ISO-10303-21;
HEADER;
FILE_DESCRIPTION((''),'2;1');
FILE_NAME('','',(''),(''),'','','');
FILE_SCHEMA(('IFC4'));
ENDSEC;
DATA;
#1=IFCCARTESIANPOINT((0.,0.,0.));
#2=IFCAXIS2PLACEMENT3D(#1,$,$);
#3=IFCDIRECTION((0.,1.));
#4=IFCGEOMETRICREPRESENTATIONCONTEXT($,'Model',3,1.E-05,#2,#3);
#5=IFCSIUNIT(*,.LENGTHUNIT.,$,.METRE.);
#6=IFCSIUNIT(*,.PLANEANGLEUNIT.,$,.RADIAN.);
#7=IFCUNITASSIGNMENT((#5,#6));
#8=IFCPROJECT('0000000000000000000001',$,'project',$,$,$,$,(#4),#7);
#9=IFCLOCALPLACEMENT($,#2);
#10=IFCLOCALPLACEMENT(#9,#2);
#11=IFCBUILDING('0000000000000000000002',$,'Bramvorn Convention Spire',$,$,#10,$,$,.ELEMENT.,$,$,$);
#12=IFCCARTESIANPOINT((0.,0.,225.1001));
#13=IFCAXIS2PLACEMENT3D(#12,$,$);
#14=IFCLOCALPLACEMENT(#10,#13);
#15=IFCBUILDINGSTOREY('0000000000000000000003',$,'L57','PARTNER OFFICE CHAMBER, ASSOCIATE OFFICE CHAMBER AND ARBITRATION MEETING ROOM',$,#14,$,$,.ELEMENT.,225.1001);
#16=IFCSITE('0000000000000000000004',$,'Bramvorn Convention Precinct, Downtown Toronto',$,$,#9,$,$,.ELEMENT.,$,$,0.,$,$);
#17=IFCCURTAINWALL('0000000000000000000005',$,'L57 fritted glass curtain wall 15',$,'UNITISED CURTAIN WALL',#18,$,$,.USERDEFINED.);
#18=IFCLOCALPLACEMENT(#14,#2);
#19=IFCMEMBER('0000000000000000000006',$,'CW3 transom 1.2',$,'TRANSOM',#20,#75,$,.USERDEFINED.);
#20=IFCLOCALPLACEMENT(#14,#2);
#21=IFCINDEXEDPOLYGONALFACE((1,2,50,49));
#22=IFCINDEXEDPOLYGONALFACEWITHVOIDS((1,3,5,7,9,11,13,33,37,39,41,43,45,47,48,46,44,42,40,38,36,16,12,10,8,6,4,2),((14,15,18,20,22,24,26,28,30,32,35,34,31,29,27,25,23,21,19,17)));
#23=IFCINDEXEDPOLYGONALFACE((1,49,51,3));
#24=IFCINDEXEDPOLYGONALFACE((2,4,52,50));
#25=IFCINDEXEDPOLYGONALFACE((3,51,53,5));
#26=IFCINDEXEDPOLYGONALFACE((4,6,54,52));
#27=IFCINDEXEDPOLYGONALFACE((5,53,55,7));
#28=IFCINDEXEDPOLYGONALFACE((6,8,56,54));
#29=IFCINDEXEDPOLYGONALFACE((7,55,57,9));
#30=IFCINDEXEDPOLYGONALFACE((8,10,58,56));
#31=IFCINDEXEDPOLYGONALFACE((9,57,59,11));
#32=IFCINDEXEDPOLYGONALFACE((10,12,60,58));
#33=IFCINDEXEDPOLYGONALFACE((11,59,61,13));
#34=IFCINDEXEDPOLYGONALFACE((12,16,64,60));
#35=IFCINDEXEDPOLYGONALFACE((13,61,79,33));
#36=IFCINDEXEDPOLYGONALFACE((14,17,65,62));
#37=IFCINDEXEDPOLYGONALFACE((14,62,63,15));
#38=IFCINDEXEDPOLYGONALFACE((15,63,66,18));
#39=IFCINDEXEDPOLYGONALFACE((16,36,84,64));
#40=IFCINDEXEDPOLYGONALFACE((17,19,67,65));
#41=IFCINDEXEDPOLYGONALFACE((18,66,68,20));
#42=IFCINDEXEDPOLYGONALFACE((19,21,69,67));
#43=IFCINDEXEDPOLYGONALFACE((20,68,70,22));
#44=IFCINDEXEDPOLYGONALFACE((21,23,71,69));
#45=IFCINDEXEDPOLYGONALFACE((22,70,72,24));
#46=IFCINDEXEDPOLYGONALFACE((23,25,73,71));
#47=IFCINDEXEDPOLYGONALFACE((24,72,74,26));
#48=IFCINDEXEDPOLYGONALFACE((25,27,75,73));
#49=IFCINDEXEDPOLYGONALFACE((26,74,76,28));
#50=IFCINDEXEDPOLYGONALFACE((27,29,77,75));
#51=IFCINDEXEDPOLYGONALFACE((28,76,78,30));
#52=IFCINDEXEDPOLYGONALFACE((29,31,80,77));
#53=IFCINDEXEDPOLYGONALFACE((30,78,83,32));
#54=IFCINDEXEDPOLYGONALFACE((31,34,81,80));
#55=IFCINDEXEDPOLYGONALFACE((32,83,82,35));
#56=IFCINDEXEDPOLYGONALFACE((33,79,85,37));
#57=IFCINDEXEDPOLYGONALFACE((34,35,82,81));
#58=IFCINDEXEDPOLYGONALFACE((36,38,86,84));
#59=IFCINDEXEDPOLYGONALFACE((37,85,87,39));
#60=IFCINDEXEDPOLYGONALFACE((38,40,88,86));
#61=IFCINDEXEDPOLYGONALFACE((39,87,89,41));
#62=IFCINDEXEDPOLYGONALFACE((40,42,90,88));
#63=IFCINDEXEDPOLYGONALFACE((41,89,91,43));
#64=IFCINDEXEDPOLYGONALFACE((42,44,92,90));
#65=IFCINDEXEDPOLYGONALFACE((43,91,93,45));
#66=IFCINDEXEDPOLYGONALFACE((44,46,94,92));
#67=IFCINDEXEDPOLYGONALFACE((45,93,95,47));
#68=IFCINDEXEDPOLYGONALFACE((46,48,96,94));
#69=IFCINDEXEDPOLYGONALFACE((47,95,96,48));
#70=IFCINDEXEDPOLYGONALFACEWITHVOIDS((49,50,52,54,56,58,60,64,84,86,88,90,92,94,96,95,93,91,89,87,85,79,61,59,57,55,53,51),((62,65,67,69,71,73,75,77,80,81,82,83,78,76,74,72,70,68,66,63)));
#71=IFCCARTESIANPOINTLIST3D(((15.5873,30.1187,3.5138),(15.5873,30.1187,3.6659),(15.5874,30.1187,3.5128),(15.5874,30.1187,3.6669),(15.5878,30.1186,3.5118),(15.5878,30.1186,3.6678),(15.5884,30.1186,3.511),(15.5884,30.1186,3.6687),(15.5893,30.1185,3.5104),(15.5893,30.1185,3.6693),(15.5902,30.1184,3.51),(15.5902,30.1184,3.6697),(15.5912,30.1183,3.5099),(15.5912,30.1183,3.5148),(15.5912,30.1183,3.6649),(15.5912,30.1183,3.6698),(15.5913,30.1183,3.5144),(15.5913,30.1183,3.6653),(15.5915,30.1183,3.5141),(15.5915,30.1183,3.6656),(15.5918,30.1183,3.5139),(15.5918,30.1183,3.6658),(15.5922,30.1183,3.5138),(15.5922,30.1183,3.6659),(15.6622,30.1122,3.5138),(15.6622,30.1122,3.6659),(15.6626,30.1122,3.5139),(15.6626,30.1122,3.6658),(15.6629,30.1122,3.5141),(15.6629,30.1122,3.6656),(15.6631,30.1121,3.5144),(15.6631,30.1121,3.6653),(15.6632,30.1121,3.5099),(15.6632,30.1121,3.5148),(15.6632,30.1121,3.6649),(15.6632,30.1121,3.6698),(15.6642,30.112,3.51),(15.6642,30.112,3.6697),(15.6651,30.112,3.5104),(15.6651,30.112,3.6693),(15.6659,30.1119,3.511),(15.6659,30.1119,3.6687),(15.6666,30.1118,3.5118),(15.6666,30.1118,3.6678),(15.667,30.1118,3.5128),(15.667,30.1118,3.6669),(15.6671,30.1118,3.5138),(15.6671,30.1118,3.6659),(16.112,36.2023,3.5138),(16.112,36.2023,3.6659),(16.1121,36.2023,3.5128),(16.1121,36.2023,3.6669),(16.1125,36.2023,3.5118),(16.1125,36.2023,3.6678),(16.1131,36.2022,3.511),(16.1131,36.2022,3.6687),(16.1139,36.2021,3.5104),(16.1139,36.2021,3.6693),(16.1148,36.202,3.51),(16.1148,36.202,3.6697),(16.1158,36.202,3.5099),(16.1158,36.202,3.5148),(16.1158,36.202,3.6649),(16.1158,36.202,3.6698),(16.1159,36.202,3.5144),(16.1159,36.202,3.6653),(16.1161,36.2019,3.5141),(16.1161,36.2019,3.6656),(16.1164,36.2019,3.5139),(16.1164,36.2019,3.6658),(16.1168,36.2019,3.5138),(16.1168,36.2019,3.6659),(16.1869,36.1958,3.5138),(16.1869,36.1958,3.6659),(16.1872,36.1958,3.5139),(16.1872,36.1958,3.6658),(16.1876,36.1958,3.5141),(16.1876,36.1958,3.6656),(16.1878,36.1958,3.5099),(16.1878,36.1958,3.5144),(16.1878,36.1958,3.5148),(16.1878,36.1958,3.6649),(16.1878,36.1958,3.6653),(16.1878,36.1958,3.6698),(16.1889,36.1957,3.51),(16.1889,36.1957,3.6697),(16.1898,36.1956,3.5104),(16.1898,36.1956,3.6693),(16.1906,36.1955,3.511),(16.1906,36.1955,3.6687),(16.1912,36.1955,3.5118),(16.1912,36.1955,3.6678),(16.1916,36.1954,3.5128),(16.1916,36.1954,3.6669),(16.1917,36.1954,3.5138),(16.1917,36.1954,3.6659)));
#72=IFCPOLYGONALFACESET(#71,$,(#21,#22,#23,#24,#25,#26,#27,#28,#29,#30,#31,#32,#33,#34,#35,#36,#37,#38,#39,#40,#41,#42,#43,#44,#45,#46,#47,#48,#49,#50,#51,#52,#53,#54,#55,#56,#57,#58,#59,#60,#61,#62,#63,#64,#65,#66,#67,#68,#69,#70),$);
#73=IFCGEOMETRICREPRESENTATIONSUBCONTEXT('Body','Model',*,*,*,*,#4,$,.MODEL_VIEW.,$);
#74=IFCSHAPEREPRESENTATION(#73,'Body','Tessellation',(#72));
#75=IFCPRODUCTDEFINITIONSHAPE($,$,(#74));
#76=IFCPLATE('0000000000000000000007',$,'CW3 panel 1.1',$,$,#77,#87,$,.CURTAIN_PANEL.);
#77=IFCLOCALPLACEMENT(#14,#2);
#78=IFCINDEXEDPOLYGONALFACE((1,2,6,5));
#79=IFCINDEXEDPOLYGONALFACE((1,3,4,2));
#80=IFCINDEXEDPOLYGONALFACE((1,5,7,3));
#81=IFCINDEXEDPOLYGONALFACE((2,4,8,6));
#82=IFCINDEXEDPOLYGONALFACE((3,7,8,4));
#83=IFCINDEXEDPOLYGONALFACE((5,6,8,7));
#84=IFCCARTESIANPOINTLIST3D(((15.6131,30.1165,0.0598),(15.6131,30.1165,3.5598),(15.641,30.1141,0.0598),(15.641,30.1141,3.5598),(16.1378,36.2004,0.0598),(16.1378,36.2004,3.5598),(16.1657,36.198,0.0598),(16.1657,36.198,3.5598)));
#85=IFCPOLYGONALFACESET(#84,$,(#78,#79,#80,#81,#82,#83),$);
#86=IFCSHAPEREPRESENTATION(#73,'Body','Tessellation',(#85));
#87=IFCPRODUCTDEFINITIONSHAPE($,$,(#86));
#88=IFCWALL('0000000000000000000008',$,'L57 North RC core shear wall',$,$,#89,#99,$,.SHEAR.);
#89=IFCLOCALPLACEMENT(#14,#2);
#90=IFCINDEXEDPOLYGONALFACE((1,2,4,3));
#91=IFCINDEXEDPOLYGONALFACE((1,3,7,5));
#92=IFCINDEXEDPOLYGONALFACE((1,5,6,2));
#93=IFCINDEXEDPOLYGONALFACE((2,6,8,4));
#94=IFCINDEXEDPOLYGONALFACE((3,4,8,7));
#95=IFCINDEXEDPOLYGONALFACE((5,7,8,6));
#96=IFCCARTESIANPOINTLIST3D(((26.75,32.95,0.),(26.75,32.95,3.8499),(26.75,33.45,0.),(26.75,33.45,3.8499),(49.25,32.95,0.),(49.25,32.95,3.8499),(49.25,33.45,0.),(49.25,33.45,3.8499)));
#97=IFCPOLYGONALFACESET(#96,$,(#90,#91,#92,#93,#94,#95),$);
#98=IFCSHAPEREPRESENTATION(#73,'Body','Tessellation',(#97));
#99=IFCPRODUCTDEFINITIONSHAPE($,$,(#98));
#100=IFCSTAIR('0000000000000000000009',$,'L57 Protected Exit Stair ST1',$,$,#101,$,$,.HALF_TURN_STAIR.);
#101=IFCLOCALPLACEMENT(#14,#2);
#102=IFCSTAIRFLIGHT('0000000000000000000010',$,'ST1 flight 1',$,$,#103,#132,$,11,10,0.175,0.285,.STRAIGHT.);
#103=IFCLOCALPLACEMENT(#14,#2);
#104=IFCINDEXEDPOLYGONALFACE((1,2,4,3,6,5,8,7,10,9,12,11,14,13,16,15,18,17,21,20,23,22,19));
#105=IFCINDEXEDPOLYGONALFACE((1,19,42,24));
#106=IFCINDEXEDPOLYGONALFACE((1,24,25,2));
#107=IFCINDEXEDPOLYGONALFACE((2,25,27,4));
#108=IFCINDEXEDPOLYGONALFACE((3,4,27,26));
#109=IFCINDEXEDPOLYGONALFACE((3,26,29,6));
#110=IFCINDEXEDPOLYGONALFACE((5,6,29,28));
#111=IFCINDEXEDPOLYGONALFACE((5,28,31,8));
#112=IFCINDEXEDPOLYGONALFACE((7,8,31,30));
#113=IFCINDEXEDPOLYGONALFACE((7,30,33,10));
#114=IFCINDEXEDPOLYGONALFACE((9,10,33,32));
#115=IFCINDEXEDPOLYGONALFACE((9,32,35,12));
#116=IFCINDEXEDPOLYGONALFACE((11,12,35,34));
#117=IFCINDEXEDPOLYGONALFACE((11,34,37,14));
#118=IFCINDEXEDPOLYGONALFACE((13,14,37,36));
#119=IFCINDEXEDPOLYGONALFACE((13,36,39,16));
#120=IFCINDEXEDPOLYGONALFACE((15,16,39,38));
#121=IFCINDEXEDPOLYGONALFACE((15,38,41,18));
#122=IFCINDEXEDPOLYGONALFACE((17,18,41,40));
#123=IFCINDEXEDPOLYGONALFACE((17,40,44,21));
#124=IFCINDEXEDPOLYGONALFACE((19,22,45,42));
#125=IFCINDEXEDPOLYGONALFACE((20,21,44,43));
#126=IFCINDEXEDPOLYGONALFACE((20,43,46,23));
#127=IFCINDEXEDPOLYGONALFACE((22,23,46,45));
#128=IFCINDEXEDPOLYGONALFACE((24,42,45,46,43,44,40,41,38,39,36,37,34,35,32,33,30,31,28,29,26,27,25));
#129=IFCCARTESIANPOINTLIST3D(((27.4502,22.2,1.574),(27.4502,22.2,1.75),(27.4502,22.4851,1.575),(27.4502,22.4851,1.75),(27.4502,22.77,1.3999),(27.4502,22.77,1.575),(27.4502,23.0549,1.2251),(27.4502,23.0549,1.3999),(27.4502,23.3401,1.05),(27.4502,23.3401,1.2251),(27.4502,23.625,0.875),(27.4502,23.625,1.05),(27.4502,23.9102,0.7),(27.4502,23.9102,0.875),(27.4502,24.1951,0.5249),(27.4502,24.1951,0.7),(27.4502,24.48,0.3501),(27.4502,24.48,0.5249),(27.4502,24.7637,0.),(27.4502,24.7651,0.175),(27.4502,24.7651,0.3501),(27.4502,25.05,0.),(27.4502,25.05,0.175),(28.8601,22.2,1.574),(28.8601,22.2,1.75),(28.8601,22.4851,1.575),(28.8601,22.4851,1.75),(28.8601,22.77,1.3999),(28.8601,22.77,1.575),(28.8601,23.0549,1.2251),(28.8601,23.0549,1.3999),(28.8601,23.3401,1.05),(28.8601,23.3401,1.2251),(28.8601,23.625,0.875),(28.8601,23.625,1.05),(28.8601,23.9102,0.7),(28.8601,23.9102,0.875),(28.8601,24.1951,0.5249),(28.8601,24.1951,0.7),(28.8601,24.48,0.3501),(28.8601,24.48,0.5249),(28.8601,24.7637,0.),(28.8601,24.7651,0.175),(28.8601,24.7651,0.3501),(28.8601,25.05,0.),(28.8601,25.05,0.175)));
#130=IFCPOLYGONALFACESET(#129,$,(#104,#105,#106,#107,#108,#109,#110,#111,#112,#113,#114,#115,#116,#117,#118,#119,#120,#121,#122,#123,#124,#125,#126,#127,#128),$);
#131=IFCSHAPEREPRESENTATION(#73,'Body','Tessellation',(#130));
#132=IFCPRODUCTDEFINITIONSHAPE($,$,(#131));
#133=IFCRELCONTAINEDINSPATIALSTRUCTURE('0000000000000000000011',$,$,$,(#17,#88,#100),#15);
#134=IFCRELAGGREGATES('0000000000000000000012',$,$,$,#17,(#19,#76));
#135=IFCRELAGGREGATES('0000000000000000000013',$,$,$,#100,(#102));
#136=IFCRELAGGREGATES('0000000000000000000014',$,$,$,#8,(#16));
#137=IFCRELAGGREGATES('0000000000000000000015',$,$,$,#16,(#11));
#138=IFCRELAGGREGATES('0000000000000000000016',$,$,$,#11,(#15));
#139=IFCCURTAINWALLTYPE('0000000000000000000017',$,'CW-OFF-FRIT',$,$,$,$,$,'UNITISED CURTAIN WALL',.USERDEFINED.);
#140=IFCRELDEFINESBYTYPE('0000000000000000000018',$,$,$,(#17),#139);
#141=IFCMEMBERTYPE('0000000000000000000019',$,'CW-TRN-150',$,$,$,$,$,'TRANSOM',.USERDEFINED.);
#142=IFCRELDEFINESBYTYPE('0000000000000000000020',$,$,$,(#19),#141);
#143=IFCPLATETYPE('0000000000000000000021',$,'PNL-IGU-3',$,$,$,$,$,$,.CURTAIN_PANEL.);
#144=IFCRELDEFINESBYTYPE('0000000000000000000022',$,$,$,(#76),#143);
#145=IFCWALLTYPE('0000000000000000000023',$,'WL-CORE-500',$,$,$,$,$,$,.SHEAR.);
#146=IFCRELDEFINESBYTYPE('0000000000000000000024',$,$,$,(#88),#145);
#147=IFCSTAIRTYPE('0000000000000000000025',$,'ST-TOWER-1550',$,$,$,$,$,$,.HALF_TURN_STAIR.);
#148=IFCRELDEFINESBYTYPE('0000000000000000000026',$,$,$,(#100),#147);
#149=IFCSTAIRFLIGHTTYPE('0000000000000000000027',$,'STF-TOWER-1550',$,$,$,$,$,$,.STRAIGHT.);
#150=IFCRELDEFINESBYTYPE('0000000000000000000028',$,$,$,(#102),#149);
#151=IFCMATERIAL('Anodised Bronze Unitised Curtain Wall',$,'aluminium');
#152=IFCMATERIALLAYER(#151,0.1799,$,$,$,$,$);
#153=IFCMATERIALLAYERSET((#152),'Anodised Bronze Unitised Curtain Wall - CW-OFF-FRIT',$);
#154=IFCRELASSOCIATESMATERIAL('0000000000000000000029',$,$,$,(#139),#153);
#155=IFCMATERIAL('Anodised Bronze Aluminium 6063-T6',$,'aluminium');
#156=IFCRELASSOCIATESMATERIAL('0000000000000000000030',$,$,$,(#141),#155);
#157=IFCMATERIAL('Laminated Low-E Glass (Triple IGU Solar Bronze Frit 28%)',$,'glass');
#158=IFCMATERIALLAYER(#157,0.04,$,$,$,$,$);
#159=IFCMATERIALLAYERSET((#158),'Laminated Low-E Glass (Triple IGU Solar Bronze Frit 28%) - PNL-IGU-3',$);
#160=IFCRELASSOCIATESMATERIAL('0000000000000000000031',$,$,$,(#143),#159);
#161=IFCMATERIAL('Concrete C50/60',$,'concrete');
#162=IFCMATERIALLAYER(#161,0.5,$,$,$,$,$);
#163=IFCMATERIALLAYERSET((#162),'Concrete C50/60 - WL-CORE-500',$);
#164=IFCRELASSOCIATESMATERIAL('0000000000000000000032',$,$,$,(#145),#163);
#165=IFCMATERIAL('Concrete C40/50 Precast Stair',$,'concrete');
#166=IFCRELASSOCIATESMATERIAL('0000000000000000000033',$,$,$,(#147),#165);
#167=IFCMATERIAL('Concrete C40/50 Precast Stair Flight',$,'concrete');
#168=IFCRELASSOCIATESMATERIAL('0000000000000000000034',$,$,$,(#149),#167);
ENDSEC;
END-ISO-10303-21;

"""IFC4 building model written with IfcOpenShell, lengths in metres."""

from ifc_helpers import new_model, si_unit, direction, frame, frame_2d, origin, origin_2d, place, context, subcontext, project, spatial, polyline, rectangle, hollow_rectangle, outline, extrude, material, layer, layer_set, material_profile, profile_set, type_object, element, aggregate, save


model = new_model("IFC4")

# Units and contexts
model_context = context("Model", 3, precision=1e-05, world=origin(), true_north=direction((0.0, 1.0)))
body_context = subcontext(model_context, "Body", "Model", "MODEL_VIEW")
ifc_project = project(units=[si_unit("LENGTHUNIT", "METRE"), si_unit("PLANEANGLEUNIT", "RADIAN")], contexts=[model_context])

# Site, building, storey
site_placement = place(None, origin())
site = spatial("IfcSite", under=ifc_project, at=site_placement, Name="Bramvorn Convention Precinct, Downtown Toronto", CompositionType="ELEMENT", RefElevation=0.0)
building_placement = place(site_placement, origin())
building = spatial("IfcBuilding", under=site, at=building_placement, Name="Bramvorn Convention Spire", CompositionType="ELEMENT")
storey_placement = place(building_placement, frame((0.0, 0.0, 225.1001)))
storey = spatial("IfcBuildingStorey", under=building, at=storey_placement, Name="L57", Description="PARTNER OFFICE CHAMBER, ASSOCIATE OFFICE CHAMBER AND ARBITRATION MEETING ROOM", CompositionType="ELEMENT", Elevation=225.1001)

# Curtain wall, member, plate
ifc_material_1 = material(Name="Anodised Bronze Unitised Curtain Wall", Category="aluminium")
ifc_layer_1 = layer(ifc_material_1, 0.1799)
ifc_layer_set_1 = layer_set([ifc_layer_1], Name="Anodised Bronze Unitised Curtain Wall - CW-OFF-FRIT")
curtain_wall_type = type_object("IfcCurtainWallType", Name="CW-OFF-FRIT", ElementType="UNITISED CURTAIN WALL", PredefinedType="USERDEFINED", material=ifc_layer_set_1)
curtain_wall_placement = place(storey_placement, origin())
curtain_wall = element("IfcCurtainWall", 1, at=curtain_wall_placement, inside=storey, type_object=curtain_wall_type, Name="L57 fritted glass curtain wall 15", ObjectType="UNITISED CURTAIN WALL", PredefinedType="USERDEFINED")
ifc_material_2 = material(Name="Anodised Bronze Aluminium 6063-T6", Category="aluminium")
ifc_material_profile_1 = material_profile(ifc_material_2, hollow_rectangle(XDim=0.0801, YDim=0.1599, WallThickness=0.0039, InnerFilletRadius=0.001, OuterFilletRadius=0.0039, at=origin_2d()))
ifc_profile_set_1 = profile_set([ifc_material_profile_1], Name="Anodised Bronze Aluminium 6063-T6 - CWT80X160")
member_type_1 = type_object("IfcMemberType", Name="CW-TRN-150", ElementType="TRANSOM", PredefinedType="USERDEFINED", material=ifc_profile_set_1)
member_1_placement = place(storey_placement, frame((15.6272, 30.1152, 3.5898), z_axis=(0.085921, 0.996302, 0.0), x_axis=(-0.996302, 0.085921, 0.0)))
member_1 = element("IfcMember", 2, at=member_1_placement, type_object=member_type_1, Name="CW3 transom 1.2", ObjectType="TRANSOM", PredefinedType="USERDEFINED", context=body_context, shape_type="SweptSolid", body=[
    extrude(hollow_rectangle(XDim=0.0801, YDim=0.1599, WallThickness=0.0039, InnerFilletRadius=0.001, OuterFilletRadius=0.0039, at=origin_2d()), origin(), (0.0, 0.0, 1.0), 6.1062),
])
ifc_material_3 = material(Name="Laminated Low-E Glass (Triple IGU Solar Bronze Frit 28%)", Category="glass")
ifc_layer_2 = layer(ifc_material_3, 0.04)
ifc_layer_set_2 = layer_set([ifc_layer_2], Name="Laminated Low-E Glass (Triple IGU Solar Bronze Frit 28%) - PNL-IGU-3")
plate_type = type_object("IfcPlateType", Name="PNL-IGU-3", PredefinedType="CURTAIN_PANEL", material=ifc_layer_set_2)
plate_placement = place(storey_placement, frame((15.8894, 33.1572, 0.0598), z_axis=(0.0, 0.0, 1.0), x_axis=(0.085925, 0.996302, 0.0)))
plate = element("IfcPlate", 3, at=plate_placement, type_object=plate_type, Name="CW3 panel 1.1", PredefinedType="CURTAIN_PANEL", context=body_context, shape_type="SweptSolid", body=[
    extrude(rectangle(XDim=6.1064, YDim=0.0281, at=origin_2d()), origin(), (0.0, 0.0, 1.0), 3.5),
])
aggregate(curtain_wall, [member_1, plate])

# Wall
ifc_material_4 = material(Name="Concrete C50/60", Category="concrete")
ifc_layer_3 = layer(ifc_material_4, 0.5)
ifc_layer_set_3 = layer_set([ifc_layer_3], Name="Concrete C50/60 - WL-CORE-500")
wall_type_1 = type_object("IfcWallType", Name="WL-CORE-500", PredefinedType="SHEAR", material=ifc_layer_set_3)
wall_1_placement = place(storey_placement, frame((26.75, 33.2, 0.0), z_axis=(0.0, 0.0, 1.0), x_axis=(1.0, 0.0, 0.0)))
element("IfcWall", 4, at=wall_1_placement, inside=storey, type_object=wall_type_1, Name="L57 North RC core shear wall", PredefinedType="SHEAR", context=body_context, shape_type="SweptSolid", body=[
    extrude(rectangle(XDim=22.5, YDim=0.5, at=frame_2d((11.25, 0.0))), origin(), (0.0, 0.0, 1.0), 3.8499),
])

# Stair, stair flight
ifc_material_5 = material(Name="Concrete C40/50 Precast Stair", Category="concrete")
stair_type = type_object("IfcStairType", Name="ST-TOWER-1550", PredefinedType="HALF_TURN_STAIR", material=ifc_material_5)
stair_placement = place(storey_placement, origin())
stair = element("IfcStair", 5, at=stair_placement, inside=storey, type_object=stair_type, Name="L57 Protected Exit Stair ST1", PredefinedType="HALF_TURN_STAIR")
ifc_material_6 = material(Name="Concrete C40/50 Precast Stair Flight", Category="concrete")
stair_flight_type = type_object("IfcStairFlightType", Name="STF-TOWER-1550", PredefinedType="STRAIGHT", material=ifc_material_6)
stair_flight_placement = place(storey_placement, frame((28.155, 25.05, 0.0), z_axis=(0.0, 0.0, 1.0), x_axis=(0.0, -1.0, 0.0)))
stair_flight = element("IfcStairFlight", 6, at=stair_flight_placement, type_object=stair_flight_type, Name="ST1 flight 1", NumberOfRisers=11, NumberOfTreads=10, PredefinedType="STRAIGHT", RiserHeight=0.175, TreadLength=0.285, context=body_context, shape_type="SweptSolid", body=[
    extrude(outline(polyline([(0.0, 0.0), (0.0, 0.175), (0.2849, 0.175), (0.2849, 0.3501), (0.5701, 0.3501), (0.5701, 0.5249), (0.855, 0.5249), (0.855, 0.7), (1.1399, 0.7), (1.1399, 0.875), (1.425, 0.875), (1.425, 1.05), (1.71, 1.05), (1.71, 1.2251), (1.9951, 1.2251), (1.9951, 1.3999), (2.28, 1.3999), (2.28, 1.575), (2.5649, 1.575), (2.5649, 1.75), (2.8501, 1.75), (2.8501, 1.925), (2.8501, 1.574), (0.2864, 0.0), (0.0, 0.0)])), frame((0.0, 0.7051, 0.0), z_axis=(0.0, -1.0, 0.0), x_axis=(1.0, 0.0, 0.0)), (0.0, 0.0, 1.0), 1.4099),
])
aggregate(stair, [stair_flight])

save(model, "model.ifc")
